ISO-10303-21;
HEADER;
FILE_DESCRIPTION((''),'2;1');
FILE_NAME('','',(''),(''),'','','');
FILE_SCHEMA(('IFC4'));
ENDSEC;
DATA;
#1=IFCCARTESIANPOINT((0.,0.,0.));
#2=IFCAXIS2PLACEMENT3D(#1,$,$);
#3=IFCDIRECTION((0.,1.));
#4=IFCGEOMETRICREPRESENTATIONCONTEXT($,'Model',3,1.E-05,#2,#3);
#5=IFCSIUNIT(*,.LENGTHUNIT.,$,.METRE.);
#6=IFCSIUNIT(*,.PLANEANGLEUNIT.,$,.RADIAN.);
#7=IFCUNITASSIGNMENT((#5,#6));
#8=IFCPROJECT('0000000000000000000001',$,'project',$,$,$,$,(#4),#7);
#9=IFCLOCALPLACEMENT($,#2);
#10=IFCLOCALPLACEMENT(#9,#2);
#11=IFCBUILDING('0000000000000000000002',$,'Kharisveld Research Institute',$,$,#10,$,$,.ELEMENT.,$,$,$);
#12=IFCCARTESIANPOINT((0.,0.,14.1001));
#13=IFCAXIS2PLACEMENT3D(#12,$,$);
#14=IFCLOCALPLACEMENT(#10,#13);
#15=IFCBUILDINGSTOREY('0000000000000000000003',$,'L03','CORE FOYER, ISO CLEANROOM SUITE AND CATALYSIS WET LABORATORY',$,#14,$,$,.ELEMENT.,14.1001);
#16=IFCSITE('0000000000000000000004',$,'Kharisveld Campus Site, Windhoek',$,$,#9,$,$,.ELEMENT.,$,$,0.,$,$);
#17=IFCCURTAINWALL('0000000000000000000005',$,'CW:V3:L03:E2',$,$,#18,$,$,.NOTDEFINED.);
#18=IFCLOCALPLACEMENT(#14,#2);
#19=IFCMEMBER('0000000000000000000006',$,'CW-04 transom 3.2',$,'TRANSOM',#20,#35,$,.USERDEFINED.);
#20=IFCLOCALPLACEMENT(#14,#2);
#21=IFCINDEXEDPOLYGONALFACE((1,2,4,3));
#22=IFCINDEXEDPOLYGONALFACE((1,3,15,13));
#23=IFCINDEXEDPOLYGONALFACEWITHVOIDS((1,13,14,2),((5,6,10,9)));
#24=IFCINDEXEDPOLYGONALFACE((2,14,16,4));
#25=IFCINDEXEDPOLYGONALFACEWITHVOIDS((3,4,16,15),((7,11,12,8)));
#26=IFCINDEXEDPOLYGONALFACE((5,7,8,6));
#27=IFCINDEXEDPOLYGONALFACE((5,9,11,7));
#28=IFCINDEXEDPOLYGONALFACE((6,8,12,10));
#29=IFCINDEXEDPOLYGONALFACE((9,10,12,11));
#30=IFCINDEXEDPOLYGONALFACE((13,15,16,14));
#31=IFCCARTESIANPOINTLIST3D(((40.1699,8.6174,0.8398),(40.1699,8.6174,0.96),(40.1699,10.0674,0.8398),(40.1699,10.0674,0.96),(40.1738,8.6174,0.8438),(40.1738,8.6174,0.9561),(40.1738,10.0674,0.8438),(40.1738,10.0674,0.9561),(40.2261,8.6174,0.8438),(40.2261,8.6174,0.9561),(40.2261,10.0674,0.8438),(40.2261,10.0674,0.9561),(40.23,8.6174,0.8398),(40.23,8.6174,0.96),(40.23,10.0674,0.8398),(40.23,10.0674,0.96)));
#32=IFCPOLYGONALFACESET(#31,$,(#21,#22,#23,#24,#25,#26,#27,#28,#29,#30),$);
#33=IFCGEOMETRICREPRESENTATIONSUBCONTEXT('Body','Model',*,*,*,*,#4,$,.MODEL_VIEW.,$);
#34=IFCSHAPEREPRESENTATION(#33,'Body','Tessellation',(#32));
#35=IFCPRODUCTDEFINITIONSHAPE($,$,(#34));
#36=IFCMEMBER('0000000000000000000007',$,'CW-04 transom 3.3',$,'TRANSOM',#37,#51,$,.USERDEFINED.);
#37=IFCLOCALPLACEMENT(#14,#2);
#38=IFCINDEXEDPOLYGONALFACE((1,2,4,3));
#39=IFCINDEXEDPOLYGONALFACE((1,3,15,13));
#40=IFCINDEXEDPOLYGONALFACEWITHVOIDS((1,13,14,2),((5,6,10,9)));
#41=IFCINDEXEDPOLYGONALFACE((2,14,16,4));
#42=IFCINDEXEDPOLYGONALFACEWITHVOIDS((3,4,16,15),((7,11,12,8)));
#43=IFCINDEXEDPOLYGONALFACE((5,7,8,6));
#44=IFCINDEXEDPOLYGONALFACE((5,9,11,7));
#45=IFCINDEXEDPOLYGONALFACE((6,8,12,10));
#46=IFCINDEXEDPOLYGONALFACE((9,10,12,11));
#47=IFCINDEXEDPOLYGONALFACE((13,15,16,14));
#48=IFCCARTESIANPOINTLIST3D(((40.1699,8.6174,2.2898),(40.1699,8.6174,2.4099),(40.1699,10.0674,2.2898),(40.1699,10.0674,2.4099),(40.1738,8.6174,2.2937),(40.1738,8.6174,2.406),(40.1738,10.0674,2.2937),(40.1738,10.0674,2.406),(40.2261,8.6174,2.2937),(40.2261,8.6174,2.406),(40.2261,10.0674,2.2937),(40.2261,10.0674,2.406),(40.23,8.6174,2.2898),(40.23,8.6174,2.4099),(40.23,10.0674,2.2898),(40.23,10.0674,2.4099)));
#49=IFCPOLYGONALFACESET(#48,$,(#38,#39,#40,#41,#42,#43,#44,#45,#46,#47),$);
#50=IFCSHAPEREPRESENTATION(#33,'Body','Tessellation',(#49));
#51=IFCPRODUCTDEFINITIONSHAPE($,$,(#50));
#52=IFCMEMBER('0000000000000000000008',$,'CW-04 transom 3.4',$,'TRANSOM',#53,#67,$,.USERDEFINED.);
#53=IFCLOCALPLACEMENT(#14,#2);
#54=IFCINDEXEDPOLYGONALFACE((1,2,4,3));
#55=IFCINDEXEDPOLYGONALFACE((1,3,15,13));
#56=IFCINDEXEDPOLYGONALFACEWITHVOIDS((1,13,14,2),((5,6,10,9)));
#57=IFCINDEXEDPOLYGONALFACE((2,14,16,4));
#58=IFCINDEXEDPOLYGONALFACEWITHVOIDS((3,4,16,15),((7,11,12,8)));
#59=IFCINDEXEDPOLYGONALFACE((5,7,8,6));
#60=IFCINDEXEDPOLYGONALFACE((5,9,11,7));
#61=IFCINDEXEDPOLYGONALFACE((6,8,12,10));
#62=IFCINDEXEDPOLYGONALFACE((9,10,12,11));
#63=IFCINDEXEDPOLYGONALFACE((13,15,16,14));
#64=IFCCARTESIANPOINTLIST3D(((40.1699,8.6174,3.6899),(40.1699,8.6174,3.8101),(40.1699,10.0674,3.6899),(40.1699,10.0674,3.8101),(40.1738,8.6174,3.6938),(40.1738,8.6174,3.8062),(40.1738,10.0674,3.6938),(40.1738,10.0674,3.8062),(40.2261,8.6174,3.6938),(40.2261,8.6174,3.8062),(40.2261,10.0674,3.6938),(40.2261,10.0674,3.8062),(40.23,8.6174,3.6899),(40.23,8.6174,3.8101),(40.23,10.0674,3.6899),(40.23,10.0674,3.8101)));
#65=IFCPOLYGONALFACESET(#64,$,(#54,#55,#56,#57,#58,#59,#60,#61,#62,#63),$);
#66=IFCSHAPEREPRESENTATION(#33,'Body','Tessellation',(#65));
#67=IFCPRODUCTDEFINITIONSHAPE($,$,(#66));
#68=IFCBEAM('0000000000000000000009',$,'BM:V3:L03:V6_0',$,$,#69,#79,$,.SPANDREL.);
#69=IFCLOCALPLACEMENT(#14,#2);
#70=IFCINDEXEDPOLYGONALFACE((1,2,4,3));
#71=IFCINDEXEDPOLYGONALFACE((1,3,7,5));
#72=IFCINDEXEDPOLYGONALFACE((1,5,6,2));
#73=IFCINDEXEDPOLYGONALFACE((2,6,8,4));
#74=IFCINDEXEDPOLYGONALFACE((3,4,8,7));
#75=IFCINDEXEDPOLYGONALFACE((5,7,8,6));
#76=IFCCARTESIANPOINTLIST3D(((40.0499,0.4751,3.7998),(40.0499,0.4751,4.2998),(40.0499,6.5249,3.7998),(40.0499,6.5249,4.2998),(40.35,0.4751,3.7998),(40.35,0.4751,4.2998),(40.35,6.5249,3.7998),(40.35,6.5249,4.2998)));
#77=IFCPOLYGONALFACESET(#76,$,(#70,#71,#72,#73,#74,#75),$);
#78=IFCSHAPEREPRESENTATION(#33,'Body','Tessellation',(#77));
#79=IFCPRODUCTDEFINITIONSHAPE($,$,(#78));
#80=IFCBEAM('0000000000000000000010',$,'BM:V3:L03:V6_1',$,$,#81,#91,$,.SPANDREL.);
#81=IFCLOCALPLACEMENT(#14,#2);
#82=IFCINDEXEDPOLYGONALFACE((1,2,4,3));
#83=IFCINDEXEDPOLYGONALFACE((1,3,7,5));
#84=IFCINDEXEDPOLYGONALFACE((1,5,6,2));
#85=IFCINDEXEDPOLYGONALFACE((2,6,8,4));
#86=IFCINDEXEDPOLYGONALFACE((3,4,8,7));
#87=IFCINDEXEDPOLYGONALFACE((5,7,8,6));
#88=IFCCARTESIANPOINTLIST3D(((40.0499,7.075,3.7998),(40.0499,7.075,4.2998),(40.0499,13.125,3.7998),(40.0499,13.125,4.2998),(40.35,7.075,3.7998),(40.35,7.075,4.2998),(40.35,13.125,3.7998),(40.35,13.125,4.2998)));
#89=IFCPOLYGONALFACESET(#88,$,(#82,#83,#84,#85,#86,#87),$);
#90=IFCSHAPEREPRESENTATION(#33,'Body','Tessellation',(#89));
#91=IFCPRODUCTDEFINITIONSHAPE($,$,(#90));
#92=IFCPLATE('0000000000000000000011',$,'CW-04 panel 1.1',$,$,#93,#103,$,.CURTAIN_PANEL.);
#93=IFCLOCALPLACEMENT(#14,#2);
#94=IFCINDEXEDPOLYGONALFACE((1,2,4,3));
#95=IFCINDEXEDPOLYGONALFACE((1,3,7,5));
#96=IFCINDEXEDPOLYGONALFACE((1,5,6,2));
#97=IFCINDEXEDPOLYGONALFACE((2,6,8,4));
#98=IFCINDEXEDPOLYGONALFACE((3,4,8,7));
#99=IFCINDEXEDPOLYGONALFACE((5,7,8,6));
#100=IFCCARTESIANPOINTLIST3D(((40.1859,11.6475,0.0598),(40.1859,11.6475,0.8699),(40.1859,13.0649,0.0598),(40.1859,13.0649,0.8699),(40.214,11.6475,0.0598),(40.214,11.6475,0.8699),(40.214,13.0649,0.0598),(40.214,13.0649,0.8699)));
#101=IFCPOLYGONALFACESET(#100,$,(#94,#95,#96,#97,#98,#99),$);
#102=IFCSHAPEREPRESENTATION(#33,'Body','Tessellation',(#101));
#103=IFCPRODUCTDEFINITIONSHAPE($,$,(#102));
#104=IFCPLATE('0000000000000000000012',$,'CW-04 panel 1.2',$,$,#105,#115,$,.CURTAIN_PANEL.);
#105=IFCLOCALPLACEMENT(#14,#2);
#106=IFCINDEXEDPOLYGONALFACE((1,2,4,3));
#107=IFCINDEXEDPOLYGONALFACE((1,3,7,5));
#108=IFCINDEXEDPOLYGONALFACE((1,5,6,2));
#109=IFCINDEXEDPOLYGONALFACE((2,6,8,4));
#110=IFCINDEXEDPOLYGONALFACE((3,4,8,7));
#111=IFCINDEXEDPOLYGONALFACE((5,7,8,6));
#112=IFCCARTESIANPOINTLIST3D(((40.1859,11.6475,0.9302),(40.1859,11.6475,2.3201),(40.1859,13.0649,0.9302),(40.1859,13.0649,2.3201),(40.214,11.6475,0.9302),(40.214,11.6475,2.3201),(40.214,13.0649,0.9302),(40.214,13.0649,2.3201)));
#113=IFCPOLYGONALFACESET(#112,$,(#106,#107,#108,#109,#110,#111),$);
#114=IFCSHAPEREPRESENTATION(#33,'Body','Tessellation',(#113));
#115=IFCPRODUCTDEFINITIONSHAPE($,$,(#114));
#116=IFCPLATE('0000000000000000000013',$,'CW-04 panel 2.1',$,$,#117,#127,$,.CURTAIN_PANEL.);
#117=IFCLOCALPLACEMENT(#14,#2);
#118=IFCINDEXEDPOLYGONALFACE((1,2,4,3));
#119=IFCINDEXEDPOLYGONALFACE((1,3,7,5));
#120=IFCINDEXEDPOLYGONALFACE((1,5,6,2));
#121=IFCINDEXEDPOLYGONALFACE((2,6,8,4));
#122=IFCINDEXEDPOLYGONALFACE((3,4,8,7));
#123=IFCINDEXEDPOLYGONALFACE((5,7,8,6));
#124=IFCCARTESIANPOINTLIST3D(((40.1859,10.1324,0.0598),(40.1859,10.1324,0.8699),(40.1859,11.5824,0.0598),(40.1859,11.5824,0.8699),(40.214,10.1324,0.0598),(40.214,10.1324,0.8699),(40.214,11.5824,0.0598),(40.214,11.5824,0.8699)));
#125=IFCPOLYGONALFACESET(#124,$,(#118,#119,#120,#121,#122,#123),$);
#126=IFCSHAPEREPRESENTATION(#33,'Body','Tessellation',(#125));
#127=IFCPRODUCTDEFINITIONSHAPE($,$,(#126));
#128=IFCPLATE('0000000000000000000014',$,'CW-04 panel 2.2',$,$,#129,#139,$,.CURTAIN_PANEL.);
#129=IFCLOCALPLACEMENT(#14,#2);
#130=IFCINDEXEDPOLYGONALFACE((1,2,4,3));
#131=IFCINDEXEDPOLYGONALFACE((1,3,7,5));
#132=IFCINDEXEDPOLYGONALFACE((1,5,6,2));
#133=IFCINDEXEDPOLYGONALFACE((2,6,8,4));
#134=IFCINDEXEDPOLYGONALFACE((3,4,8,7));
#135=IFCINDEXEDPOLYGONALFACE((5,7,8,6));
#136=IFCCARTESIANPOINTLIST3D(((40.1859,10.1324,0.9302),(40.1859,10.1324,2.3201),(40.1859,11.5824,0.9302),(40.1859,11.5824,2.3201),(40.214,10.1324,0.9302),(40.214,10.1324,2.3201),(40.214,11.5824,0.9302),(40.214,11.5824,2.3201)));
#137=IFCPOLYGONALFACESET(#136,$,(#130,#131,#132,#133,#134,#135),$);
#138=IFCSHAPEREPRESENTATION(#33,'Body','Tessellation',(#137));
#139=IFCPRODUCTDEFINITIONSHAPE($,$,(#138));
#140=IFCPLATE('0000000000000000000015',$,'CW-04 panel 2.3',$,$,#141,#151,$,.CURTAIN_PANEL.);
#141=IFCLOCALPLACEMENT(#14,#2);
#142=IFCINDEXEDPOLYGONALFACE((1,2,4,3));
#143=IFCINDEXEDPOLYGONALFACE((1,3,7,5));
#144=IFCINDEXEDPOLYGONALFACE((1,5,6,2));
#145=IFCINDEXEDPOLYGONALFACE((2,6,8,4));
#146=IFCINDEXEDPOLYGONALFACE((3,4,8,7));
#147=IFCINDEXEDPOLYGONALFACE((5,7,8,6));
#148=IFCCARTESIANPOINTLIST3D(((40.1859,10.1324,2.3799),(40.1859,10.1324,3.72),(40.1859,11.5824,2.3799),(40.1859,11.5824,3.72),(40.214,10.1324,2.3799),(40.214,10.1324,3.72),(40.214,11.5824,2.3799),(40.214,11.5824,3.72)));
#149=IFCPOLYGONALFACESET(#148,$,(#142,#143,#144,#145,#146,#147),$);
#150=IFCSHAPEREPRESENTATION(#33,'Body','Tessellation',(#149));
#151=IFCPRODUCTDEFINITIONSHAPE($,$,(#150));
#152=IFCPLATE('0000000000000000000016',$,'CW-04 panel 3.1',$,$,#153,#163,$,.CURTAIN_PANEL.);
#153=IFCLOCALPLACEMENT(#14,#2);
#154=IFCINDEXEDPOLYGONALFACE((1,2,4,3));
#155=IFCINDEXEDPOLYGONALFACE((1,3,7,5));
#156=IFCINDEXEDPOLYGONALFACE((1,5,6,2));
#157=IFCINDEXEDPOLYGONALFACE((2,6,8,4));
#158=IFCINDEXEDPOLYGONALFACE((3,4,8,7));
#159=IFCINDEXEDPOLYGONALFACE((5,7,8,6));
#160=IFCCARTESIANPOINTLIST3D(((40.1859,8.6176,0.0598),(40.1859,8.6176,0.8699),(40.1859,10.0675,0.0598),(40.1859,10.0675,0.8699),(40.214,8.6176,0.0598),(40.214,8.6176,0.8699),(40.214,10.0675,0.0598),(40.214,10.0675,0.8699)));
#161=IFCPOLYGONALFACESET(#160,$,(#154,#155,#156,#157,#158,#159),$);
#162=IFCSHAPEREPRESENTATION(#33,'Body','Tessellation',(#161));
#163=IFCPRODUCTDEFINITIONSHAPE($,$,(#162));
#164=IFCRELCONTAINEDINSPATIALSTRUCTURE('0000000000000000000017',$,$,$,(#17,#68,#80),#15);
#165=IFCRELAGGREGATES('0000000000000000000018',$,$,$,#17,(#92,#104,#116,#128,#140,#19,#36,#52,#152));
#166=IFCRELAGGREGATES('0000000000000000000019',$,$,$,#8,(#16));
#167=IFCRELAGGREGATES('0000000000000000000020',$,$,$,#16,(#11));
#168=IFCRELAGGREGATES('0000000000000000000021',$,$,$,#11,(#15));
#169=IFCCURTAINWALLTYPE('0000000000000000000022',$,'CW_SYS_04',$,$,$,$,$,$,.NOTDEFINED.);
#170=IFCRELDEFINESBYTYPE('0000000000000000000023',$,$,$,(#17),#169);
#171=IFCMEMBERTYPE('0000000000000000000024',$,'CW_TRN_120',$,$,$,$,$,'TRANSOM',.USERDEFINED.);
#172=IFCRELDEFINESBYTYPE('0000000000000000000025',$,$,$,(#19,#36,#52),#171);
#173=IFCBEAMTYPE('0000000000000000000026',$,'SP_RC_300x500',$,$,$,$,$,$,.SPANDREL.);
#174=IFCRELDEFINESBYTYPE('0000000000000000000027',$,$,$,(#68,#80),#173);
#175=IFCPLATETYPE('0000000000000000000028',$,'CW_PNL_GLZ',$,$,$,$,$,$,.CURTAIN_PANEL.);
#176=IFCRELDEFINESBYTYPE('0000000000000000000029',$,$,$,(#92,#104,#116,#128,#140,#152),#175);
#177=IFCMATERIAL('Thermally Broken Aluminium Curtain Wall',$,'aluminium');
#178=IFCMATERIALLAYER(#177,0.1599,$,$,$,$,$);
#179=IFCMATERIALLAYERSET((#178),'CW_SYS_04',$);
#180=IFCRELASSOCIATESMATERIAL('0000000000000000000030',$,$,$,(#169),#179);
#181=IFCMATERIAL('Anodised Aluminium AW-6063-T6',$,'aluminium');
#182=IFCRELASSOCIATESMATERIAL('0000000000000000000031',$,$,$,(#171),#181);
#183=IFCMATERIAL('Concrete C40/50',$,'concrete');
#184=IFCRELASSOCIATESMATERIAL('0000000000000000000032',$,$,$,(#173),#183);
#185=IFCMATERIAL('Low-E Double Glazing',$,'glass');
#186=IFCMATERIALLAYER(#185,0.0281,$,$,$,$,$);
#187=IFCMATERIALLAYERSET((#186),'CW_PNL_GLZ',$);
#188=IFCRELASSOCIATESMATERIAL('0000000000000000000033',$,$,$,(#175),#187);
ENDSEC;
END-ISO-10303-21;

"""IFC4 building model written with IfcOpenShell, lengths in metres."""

from ifc_helpers import new_model, si_unit, direction, frame, origin, origin_2d, place, context, subcontext, project, spatial, rectangle, hollow_rectangle, extrude, material, layer, layer_set, material_profile, profile_set, type_object, element, aggregate, save


model = new_model("IFC4")

# Units and contexts
model_context = context("Model", 3, precision=1e-05, world=origin(), true_north=direction((0.0, 1.0)))
body_context = subcontext(model_context, "Body", "Model", "MODEL_VIEW")
ifc_project = project(units=[si_unit("LENGTHUNIT", "METRE"), si_unit("PLANEANGLEUNIT", "RADIAN")], contexts=[model_context])

# Site, building, storey
site_placement = place(None, origin())
site = spatial("IfcSite", under=ifc_project, at=site_placement, Name="Kharisveld Campus Site, Windhoek", CompositionType="ELEMENT", RefElevation=0.0)
building_placement = place(site_placement, origin())
building = spatial("IfcBuilding", under=site, at=building_placement, Name="Kharisveld Research Institute", CompositionType="ELEMENT")
storey_placement = place(building_placement, frame((0.0, 0.0, 14.1001)))
storey = spatial("IfcBuildingStorey", under=building, at=storey_placement, Name="L03", Description="CORE FOYER, ISO CLEANROOM SUITE AND CATALYSIS WET LABORATORY", CompositionType="ELEMENT", Elevation=14.1001)

# Curtain wall, members
ifc_material_1 = material(Name="Thermally Broken Aluminium Curtain Wall", Category="aluminium")
ifc_layer_1 = layer(ifc_material_1, 0.1599)
ifc_layer_set_1 = layer_set([ifc_layer_1], Name="CW_SYS_04")
curtain_wall_type = type_object("IfcCurtainWallType", Name="CW_SYS_04", PredefinedType="NOTDEFINED", material=ifc_layer_set_1)
curtain_wall_placement = place(storey_placement, origin())
curtain_wall = element("IfcCurtainWall", 1, at=curtain_wall_placement, inside=storey, type_object=curtain_wall_type, Name="CW:V3:L03:E2", PredefinedType="NOTDEFINED")
ifc_material_2 = material(Name="Anodised Aluminium AW-6063-T6", Category="aluminium")
ifc_material_profile_1 = material_profile(ifc_material_2, hollow_rectangle(XDim=0.0601, YDim=0.1201, WallThickness=0.0039, at=origin_2d()))
ifc_profile_set_1 = profile_set([ifc_material_profile_1], Name="Anodised Aluminium AW-6063-T6")
member_type_1 = type_object("IfcMemberType", Name="CW_TRN_120", ElementType="TRANSOM", PredefinedType="USERDEFINED", material=ifc_profile_set_1)
member_1_placement = place(storey_placement, frame((40.2, 10.0674, 0.8999), z_axis=(0.0, -1.0, 0.0), x_axis=(1.0, 0.0, 0.0)))
member_1 = element("IfcMember", 2, at=member_1_placement, type_object=member_type_1, Name="CW-04 transom 3.2", ObjectType="TRANSOM", PredefinedType="USERDEFINED", context=body_context, shape_type="SweptSolid", body=[
    extrude(hollow_rectangle(XDim=0.0601, YDim=0.1201, WallThickness=0.0039, at=origin_2d()), origin(), (0.0, 0.0, 1.0), 1.45),
])
member_2_placement = place(storey_placement, frame((40.2, 10.0674, 2.3499), z_axis=(0.0, -1.0, 0.0), x_axis=(1.0, 0.0, 0.0)))
member_2 = element("IfcMember", 3, at=member_2_placement, type_object=member_type_1, Name="CW-04 transom 3.3", ObjectType="TRANSOM", PredefinedType="USERDEFINED", context=body_context, shape_type="SweptSolid", body=[
    extrude(hollow_rectangle(XDim=0.0601, YDim=0.1201, WallThickness=0.0039, at=origin_2d()), origin(), (0.0, 0.0, 1.0), 1.45),
])
member_3_placement = place(storey_placement, frame((40.2, 10.0674, 3.75), z_axis=(0.0, -1.0, 0.0), x_axis=(1.0, 0.0, 0.0)))
member_3 = element("IfcMember", 4, at=member_3_placement, type_object=member_type_1, Name="CW-04 transom 3.4", ObjectType="TRANSOM", PredefinedType="USERDEFINED", context=body_context, shape_type="SweptSolid", body=[
    extrude(hollow_rectangle(XDim=0.0601, YDim=0.1201, WallThickness=0.0039, at=origin_2d()), origin(), (0.0, 0.0, 1.0), 1.45),
])

# Beams
ifc_material_3 = material(Name="Concrete C40/50", Category="concrete")
ifc_material_profile_2 = material_profile(ifc_material_3, rectangle(XDim=0.3, YDim=0.5, at=origin_2d()))
ifc_profile_set_2 = profile_set([ifc_material_profile_2], Name="Concrete C40/50")
beam_type = type_object("IfcBeamType", Name="SP_RC_300x500", PredefinedType="SPANDREL", material=ifc_profile_set_2)
beam_1_placement = place(storey_placement, frame((40.2, 0.4751, 4.0498), z_axis=(0.0, 1.0, 0.0), x_axis=(-1.0, 0.0, 0.0)))
element("IfcBeam", 5, at=beam_1_placement, inside=storey, type_object=beam_type, Name="BM:V3:L03:V6_0", PredefinedType="SPANDREL", context=body_context, shape_type="SweptSolid", body=[
    extrude(rectangle(XDim=0.3, YDim=0.5, at=origin_2d()), origin(), (0.0, 0.0, 1.0), 6.0498),
])
beam_2_placement = place(storey_placement, frame((40.2, 7.075, 4.0498), z_axis=(0.0, 1.0, 0.0), x_axis=(-1.0, 0.0, 0.0)))
element("IfcBeam", 6, at=beam_2_placement, inside=storey, type_object=beam_type, Name="BM:V3:L03:V6_1", PredefinedType="SPANDREL", context=body_context, shape_type="SweptSolid", body=[
    extrude(rectangle(XDim=0.3, YDim=0.5, at=origin_2d()), origin(), (0.0, 0.0, 1.0), 6.05),
])

# Plates
ifc_material_4 = material(Name="Low-E Double Glazing", Category="glass")
ifc_layer_2 = layer(ifc_material_4, 0.0281)
ifc_layer_set_2 = layer_set([ifc_layer_2], Name="CW_PNL_GLZ")
plate_type = type_object("IfcPlateType", Name="CW_PNL_GLZ", PredefinedType="CURTAIN_PANEL", material=ifc_layer_set_2)
plate_1_placement = place(storey_placement, frame((40.2, 12.3562, 0.0598), z_axis=(0.0, 0.0, 1.0), x_axis=(0.0, -1.0, 0.0)))
plate_1 = element("IfcPlate", 7, at=plate_1_placement, type_object=plate_type, Name="CW-04 panel 1.1", PredefinedType="CURTAIN_PANEL", context=body_context, shape_type="SweptSolid", body=[
    extrude(rectangle(XDim=1.4175, YDim=0.0281, at=origin_2d()), origin(), (0.0, 0.0, 1.0), 0.8101),
])
plate_2_placement = place(storey_placement, frame((40.2, 12.3562, 0.9302), z_axis=(0.0, 0.0, 1.0), x_axis=(0.0, -1.0, 0.0)))
plate_2 = element("IfcPlate", 8, at=plate_2_placement, type_object=plate_type, Name="CW-04 panel 1.2", PredefinedType="CURTAIN_PANEL", context=body_context, shape_type="SweptSolid", body=[
    extrude(rectangle(XDim=1.4175, YDim=0.0281, at=origin_2d()), origin(), (0.0, 0.0, 1.0), 1.3899),
])
plate_3_placement = place(storey_placement, frame((40.2, 10.8574, 0.0598), z_axis=(0.0, 0.0, 1.0), x_axis=(0.0, -1.0, 0.0)))
plate_3 = element("IfcPlate", 9, at=plate_3_placement, type_object=plate_type, Name="CW-04 panel 2.1", PredefinedType="CURTAIN_PANEL", context=body_context, shape_type="SweptSolid", body=[
    extrude(rectangle(XDim=1.45, YDim=0.0281, at=origin_2d()), origin(), (0.0, 0.0, 1.0), 0.8101),
])
plate_4_placement = place(storey_placement, frame((40.2, 10.8574, 0.9302), z_axis=(0.0, 0.0, 1.0), x_axis=(0.0, -1.0, 0.0)))
plate_4 = element("IfcPlate", 10, at=plate_4_placement, type_object=plate_type, Name="CW-04 panel 2.2", PredefinedType="CURTAIN_PANEL", context=body_context, shape_type="SweptSolid", body=[
    extrude(rectangle(XDim=1.45, YDim=0.0281, at=origin_2d()), origin(), (0.0, 0.0, 1.0), 1.3899),
])
plate_5_placement = place(storey_placement, frame((40.2, 10.8574, 2.3799), z_axis=(0.0, 0.0, 1.0), x_axis=(0.0, -1.0, 0.0)))
plate_5 = element("IfcPlate", 11, at=plate_5_placement, type_object=plate_type, Name="CW-04 panel 2.3", PredefinedType="CURTAIN_PANEL", context=body_context, shape_type="SweptSolid", body=[
    extrude(rectangle(XDim=1.45, YDim=0.0281, at=origin_2d()), origin(), (0.0, 0.0, 1.0), 1.3401),
])
plate_6_placement = place(storey_placement, frame((40.2, 9.3425, 0.0598), z_axis=(0.0, 0.0, 1.0), x_axis=(0.0, -1.0, 0.0)))
plate_6 = element("IfcPlate", 12, at=plate_6_placement, type_object=plate_type, Name="CW-04 panel 3.1", PredefinedType="CURTAIN_PANEL", context=body_context, shape_type="SweptSolid", body=[
    extrude(rectangle(XDim=1.45, YDim=0.0281, at=origin_2d()), origin(), (0.0, 0.0, 1.0), 0.8101),
])
aggregate(curtain_wall, [plate_1, plate_2, plate_3, plate_4, plate_5, member_1, member_2, member_3, plate_6])

save(model, "model.ifc")
